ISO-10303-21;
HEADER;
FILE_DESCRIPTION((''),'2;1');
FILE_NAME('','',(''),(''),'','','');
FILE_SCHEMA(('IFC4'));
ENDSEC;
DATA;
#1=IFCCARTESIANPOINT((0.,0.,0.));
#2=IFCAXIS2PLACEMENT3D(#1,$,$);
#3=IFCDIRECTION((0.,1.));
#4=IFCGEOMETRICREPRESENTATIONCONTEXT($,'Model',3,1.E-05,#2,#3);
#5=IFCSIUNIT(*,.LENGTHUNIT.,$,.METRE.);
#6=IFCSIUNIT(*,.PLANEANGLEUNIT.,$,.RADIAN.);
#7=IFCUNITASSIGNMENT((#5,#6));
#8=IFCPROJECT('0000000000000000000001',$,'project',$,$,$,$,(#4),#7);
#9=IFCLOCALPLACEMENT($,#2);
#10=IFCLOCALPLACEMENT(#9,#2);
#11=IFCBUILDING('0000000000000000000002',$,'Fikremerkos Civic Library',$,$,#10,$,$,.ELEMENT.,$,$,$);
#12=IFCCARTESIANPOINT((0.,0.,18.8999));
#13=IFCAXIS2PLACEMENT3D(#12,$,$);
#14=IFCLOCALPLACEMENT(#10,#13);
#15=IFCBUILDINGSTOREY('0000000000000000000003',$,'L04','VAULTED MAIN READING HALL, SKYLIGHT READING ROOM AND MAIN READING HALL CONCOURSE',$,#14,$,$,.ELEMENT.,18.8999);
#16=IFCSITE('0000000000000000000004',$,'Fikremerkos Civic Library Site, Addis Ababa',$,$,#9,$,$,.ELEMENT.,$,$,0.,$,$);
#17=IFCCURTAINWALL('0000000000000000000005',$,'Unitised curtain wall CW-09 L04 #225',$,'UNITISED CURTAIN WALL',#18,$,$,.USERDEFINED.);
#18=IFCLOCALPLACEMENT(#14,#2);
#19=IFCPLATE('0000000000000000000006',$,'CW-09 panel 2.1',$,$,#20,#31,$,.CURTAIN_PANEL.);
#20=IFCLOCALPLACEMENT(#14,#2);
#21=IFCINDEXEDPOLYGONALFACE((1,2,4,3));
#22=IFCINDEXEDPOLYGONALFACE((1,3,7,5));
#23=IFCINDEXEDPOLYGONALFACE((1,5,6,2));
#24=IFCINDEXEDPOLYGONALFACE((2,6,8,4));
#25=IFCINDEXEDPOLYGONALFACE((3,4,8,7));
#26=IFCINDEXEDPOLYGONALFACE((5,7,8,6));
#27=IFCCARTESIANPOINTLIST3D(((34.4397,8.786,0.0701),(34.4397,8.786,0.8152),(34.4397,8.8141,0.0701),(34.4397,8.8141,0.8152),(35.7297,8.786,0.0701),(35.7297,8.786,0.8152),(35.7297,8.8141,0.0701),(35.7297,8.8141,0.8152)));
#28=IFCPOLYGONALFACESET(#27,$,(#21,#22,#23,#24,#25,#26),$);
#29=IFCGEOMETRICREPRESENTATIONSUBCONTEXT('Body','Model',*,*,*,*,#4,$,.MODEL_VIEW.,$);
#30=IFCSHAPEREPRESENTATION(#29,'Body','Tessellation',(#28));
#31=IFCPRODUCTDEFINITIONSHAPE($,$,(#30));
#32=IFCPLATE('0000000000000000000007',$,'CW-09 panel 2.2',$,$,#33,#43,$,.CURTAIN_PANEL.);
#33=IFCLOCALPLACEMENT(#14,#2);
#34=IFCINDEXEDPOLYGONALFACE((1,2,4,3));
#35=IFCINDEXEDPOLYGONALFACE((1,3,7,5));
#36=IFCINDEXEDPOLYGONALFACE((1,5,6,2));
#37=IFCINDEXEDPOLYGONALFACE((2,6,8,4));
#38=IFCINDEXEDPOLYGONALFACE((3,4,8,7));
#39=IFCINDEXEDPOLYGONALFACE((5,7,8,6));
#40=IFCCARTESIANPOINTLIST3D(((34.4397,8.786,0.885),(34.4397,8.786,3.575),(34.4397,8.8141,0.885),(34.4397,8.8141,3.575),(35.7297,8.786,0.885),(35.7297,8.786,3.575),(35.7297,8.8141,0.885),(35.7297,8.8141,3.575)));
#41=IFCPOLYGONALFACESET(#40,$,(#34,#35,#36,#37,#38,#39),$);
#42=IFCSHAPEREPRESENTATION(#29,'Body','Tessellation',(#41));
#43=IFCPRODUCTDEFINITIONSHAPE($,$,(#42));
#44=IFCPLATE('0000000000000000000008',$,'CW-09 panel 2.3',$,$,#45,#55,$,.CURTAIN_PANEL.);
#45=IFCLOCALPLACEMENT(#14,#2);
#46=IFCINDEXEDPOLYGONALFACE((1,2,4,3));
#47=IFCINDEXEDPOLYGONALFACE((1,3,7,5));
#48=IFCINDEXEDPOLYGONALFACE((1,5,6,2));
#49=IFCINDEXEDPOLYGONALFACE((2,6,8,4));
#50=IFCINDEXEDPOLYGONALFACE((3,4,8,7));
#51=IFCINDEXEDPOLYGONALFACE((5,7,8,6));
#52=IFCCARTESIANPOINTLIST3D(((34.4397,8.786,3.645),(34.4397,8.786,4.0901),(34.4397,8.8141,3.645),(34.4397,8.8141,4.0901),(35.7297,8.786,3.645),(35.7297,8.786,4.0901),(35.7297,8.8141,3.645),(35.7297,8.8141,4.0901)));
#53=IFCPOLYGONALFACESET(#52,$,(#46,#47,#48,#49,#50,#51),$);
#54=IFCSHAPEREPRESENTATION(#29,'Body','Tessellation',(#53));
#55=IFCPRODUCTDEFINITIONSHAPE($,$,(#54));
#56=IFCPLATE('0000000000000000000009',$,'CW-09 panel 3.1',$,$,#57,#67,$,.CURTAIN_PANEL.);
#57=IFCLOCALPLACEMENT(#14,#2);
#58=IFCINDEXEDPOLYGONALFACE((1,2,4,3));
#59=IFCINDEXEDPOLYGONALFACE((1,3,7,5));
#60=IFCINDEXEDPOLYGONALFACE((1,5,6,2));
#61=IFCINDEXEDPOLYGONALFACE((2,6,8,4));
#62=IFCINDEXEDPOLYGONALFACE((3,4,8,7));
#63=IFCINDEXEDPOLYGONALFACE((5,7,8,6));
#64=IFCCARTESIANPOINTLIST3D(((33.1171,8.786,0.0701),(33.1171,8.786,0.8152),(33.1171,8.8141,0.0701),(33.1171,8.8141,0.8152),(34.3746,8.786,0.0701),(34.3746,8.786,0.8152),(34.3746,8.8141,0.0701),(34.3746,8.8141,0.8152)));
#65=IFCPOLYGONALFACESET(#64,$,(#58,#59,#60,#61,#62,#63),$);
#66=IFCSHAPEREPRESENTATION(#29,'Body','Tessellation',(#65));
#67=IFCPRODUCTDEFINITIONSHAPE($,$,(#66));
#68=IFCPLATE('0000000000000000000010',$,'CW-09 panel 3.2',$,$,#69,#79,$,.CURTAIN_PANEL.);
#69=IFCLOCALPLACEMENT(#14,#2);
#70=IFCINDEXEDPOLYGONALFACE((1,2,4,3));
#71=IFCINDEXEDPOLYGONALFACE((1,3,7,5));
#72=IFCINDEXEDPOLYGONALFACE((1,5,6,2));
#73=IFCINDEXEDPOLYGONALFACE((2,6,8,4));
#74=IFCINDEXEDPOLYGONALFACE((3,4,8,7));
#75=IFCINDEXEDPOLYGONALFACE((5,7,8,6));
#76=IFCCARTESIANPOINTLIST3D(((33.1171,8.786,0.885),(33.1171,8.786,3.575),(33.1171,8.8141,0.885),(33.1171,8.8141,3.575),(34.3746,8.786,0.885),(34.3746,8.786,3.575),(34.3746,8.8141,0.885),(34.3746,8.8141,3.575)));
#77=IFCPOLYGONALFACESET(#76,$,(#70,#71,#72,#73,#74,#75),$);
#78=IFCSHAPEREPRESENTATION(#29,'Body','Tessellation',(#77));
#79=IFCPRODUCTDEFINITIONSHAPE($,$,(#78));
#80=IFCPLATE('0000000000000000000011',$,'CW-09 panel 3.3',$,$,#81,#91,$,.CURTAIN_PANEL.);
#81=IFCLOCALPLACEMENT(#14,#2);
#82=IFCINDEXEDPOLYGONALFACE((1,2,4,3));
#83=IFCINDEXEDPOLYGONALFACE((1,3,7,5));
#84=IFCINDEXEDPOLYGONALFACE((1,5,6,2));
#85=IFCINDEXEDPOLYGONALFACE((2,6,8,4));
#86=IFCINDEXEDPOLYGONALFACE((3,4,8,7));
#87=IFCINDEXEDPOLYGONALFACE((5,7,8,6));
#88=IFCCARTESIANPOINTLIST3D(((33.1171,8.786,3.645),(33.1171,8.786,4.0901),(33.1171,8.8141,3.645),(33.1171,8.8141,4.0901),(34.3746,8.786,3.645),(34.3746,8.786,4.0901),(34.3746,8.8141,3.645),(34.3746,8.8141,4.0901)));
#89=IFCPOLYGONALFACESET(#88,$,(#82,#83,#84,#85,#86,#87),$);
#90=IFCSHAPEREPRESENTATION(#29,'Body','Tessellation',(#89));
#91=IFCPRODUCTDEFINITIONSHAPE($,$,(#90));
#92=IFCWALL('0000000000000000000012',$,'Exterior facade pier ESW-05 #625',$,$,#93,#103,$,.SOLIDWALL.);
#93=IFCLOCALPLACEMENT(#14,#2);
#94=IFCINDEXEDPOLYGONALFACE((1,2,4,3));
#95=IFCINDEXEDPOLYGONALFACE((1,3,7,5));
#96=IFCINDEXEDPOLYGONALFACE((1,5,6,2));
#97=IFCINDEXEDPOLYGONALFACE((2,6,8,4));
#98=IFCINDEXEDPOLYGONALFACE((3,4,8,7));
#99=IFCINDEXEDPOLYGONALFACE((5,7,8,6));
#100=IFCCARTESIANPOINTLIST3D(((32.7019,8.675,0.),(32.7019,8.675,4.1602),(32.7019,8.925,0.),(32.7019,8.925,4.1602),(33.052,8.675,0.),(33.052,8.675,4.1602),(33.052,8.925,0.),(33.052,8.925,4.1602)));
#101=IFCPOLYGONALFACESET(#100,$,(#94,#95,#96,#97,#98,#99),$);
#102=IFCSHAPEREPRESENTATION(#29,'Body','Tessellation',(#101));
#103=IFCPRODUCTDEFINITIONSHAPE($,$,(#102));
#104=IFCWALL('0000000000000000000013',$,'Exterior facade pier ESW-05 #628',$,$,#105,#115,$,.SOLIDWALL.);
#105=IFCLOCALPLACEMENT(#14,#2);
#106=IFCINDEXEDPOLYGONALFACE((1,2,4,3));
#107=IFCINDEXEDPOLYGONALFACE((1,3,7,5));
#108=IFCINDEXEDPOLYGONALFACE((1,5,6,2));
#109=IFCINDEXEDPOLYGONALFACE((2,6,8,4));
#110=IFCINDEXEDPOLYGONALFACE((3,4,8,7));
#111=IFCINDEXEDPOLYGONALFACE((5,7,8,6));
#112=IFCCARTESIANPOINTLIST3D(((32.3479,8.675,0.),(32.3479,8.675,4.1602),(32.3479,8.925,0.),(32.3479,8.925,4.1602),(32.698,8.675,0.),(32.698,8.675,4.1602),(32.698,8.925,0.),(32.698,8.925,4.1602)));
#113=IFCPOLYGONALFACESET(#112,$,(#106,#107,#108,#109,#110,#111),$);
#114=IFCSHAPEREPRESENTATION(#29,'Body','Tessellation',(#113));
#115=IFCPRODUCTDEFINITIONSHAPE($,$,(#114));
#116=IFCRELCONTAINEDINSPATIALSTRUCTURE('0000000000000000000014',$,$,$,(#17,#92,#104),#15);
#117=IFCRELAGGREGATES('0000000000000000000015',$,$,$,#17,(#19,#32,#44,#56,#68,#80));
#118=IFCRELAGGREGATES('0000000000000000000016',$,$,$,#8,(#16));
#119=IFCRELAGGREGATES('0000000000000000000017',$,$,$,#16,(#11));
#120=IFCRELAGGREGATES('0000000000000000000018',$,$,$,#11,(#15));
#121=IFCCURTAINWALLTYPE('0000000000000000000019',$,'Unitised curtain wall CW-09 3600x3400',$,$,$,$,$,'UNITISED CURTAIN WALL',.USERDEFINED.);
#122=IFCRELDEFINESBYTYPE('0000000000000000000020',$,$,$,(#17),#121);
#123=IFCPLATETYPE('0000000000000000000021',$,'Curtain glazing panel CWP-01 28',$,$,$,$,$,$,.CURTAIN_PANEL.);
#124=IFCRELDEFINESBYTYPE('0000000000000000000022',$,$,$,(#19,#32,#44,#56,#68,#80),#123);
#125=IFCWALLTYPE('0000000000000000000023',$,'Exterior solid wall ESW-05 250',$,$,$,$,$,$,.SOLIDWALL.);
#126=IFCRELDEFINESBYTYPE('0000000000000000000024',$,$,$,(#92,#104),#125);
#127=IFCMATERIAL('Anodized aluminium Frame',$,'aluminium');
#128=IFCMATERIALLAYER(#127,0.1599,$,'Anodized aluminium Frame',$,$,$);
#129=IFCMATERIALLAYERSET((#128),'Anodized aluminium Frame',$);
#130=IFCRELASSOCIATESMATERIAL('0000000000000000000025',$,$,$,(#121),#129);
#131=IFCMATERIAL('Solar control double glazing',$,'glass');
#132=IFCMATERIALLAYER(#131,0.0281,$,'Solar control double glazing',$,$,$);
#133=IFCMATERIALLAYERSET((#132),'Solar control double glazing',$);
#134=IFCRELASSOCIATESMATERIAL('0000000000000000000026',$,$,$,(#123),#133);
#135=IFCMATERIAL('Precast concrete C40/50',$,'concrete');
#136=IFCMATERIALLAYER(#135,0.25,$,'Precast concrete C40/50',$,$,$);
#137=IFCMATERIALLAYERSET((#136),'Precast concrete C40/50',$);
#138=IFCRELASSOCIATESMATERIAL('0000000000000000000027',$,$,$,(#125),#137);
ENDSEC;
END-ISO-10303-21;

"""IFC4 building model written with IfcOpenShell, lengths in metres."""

from ifc_helpers import new_model, si_unit, direction, frame, frame_2d, origin, origin_2d, place, context, subcontext, project, spatial, rectangle, extrude, material, layer, layer_set, type_object, element, aggregate, save


model = new_model("IFC4")

# Units and contexts
model_context = context("Model", 3, precision=1e-05, world=origin(), true_north=direction((0.0, 1.0)))
body_context = subcontext(model_context, "Body", "Model", "MODEL_VIEW")
ifc_project = project(units=[si_unit("LENGTHUNIT", "METRE"), si_unit("PLANEANGLEUNIT", "RADIAN")], contexts=[model_context])

# Site, building, storey
site_placement = place(None, origin())
site = spatial("IfcSite", under=ifc_project, at=site_placement, Name="Fikremerkos Civic Library Site, Addis Ababa", CompositionType="ELEMENT", RefElevation=0.0)
building_placement = place(site_placement, origin())
building = spatial("IfcBuilding", under=site, at=building_placement, Name="Fikremerkos Civic Library", CompositionType="ELEMENT")
storey_placement = place(building_placement, frame((0.0, 0.0, 18.8999)))
storey = spatial("IfcBuildingStorey", under=building, at=storey_placement, Name="L04", Description="VAULTED MAIN READING HALL, SKYLIGHT READING ROOM AND MAIN READING HALL CONCOURSE", CompositionType="ELEMENT", Elevation=18.8999)

# Curtain wall
ifc_material_1 = material(Name="Anodized aluminium Frame", Category="aluminium")
ifc_layer_1 = layer(ifc_material_1, 0.1599, Name="Anodized aluminium Frame")
ifc_layer_set_1 = layer_set([ifc_layer_1], Name="Anodized aluminium Frame")
curtain_wall_type_1 = type_object("IfcCurtainWallType", Name="Unitised curtain wall CW-09 3600x3400", ElementType="UNITISED CURTAIN WALL", PredefinedType="USERDEFINED", material=ifc_layer_set_1)
curtain_wall_1_placement = place(storey_placement, origin())
curtain_wall_1 = element("IfcCurtainWall", 1, at=curtain_wall_1_placement, inside=storey, type_object=curtain_wall_type_1, Name="Unitised curtain wall CW-09 L04 #225", ObjectType="UNITISED CURTAIN WALL", PredefinedType="USERDEFINED")

# Plates
ifc_material_2 = material(Name="Solar control double glazing", Category="glass")
ifc_layer_2 = layer(ifc_material_2, 0.0281, Name="Solar control double glazing")
ifc_layer_set_2 = layer_set([ifc_layer_2], Name="Solar control double glazing")
plate_type = type_object("IfcPlateType", Name="Curtain glazing panel CWP-01 28", PredefinedType="CURTAIN_PANEL", material=ifc_layer_set_2)
plate_1_placement = place(storey_placement, frame((35.0847, 8.8, 0.0701), z_axis=(0.0, 0.0, 1.0), x_axis=(-1.0, 0.0, 0.0)))
plate_1 = element("IfcPlate", 2, at=plate_1_placement, type_object=plate_type, Name="CW-09 panel 2.1", PredefinedType="CURTAIN_PANEL", context=body_context, shape_type="SweptSolid", body=[
    extrude(rectangle(XDim=1.29, YDim=0.0281, at=origin_2d()), origin(), (0.0, 0.0, 1.0), 0.7451),
])
plate_2_placement = place(storey_placement, frame((35.0847, 8.8, 0.885), z_axis=(0.0, 0.0, 1.0), x_axis=(-1.0, 0.0, 0.0)))
plate_2 = element("IfcPlate", 3, at=plate_2_placement, type_object=plate_type, Name="CW-09 panel 2.2", PredefinedType="CURTAIN_PANEL", context=body_context, shape_type="SweptSolid", body=[
    extrude(rectangle(XDim=1.29, YDim=0.0281, at=origin_2d()), origin(), (0.0, 0.0, 1.0), 2.6899),
])
plate_3_placement = place(storey_placement, frame((35.0847, 8.8, 3.645), z_axis=(0.0, 0.0, 1.0), x_axis=(-1.0, 0.0, 0.0)))
plate_3 = element("IfcPlate", 4, at=plate_3_placement, type_object=plate_type, Name="CW-09 panel 2.3", PredefinedType="CURTAIN_PANEL", context=body_context, shape_type="SweptSolid", body=[
    extrude(rectangle(XDim=1.29, YDim=0.0281, at=origin_2d()), origin(), (0.0, 0.0, 1.0), 0.4451),
])
plate_4_placement = place(storey_placement, frame((33.7458, 8.8, 0.0701), z_axis=(0.0, 0.0, 1.0), x_axis=(-1.0, 0.0, 0.0)))
plate_4 = element("IfcPlate", 5, at=plate_4_placement, type_object=plate_type, Name="CW-09 panel 3.1", PredefinedType="CURTAIN_PANEL", context=body_context, shape_type="SweptSolid", body=[
    extrude(rectangle(XDim=1.2576, YDim=0.0281, at=origin_2d()), origin(), (0.0, 0.0, 1.0), 0.7451),
])
plate_5_placement = place(storey_placement, frame((33.7458, 8.8, 0.885), z_axis=(0.0, 0.0, 1.0), x_axis=(-1.0, 0.0, 0.0)))
plate_5 = element("IfcPlate", 6, at=plate_5_placement, type_object=plate_type, Name="CW-09 panel 3.2", PredefinedType="CURTAIN_PANEL", context=body_context, shape_type="SweptSolid", body=[
    extrude(rectangle(XDim=1.2576, YDim=0.0281, at=origin_2d()), origin(), (0.0, 0.0, 1.0), 2.6899),
])
plate_6_placement = place(storey_placement, frame((33.7458, 8.8, 3.645), z_axis=(0.0, 0.0, 1.0), x_axis=(-1.0, 0.0, 0.0)))
plate_6 = element("IfcPlate", 7, at=plate_6_placement, type_object=plate_type, Name="CW-09 panel 3.3", PredefinedType="CURTAIN_PANEL", context=body_context, shape_type="SweptSolid", body=[
    extrude(rectangle(XDim=1.2576, YDim=0.0281, at=origin_2d()), origin(), (0.0, 0.0, 1.0), 0.4451),
])
aggregate(curtain_wall_1, [plate_1, plate_2, plate_3, plate_4, plate_5, plate_6])

# Walls
ifc_material_3 = material(Name="Precast concrete C40/50", Category="concrete")
ifc_layer_3 = layer(ifc_material_3, 0.25, Name="Precast concrete C40/50")
ifc_layer_set_3 = layer_set([ifc_layer_3], Name="Precast concrete C40/50")
wall_type = type_object("IfcWallType", Name="Exterior solid wall ESW-05 250", PredefinedType="SOLIDWALL", material=ifc_layer_set_3)
for number, where, z_axis, x_axis, name in (
    (8, (33.052, 8.8, 0.0), (0.0, 0.0, 1.0), (-1.0, 0.0, 0.0), "Exterior facade pier ESW-05 #625"),
    (9, (32.698, 8.8, 0.0), (0.0, 0.0, 1.0), (-1.0, 0.0, 0.0), "Exterior facade pier ESW-05 #628"),
):
    element("IfcWall", number, at=place(storey_placement, frame(where, z_axis=z_axis, x_axis=x_axis)), inside=storey, type_object=wall_type, Name=name, PredefinedType="SOLIDWALL", context=body_context, shape_type="SweptSolid", body=[
        extrude(rectangle(XDim=0.3501, YDim=0.25, at=frame_2d((0.175, 0.0))), origin(), (0.0, 0.0, 1.0), 4.1602),
    ])

save(model, "model.ifc")
